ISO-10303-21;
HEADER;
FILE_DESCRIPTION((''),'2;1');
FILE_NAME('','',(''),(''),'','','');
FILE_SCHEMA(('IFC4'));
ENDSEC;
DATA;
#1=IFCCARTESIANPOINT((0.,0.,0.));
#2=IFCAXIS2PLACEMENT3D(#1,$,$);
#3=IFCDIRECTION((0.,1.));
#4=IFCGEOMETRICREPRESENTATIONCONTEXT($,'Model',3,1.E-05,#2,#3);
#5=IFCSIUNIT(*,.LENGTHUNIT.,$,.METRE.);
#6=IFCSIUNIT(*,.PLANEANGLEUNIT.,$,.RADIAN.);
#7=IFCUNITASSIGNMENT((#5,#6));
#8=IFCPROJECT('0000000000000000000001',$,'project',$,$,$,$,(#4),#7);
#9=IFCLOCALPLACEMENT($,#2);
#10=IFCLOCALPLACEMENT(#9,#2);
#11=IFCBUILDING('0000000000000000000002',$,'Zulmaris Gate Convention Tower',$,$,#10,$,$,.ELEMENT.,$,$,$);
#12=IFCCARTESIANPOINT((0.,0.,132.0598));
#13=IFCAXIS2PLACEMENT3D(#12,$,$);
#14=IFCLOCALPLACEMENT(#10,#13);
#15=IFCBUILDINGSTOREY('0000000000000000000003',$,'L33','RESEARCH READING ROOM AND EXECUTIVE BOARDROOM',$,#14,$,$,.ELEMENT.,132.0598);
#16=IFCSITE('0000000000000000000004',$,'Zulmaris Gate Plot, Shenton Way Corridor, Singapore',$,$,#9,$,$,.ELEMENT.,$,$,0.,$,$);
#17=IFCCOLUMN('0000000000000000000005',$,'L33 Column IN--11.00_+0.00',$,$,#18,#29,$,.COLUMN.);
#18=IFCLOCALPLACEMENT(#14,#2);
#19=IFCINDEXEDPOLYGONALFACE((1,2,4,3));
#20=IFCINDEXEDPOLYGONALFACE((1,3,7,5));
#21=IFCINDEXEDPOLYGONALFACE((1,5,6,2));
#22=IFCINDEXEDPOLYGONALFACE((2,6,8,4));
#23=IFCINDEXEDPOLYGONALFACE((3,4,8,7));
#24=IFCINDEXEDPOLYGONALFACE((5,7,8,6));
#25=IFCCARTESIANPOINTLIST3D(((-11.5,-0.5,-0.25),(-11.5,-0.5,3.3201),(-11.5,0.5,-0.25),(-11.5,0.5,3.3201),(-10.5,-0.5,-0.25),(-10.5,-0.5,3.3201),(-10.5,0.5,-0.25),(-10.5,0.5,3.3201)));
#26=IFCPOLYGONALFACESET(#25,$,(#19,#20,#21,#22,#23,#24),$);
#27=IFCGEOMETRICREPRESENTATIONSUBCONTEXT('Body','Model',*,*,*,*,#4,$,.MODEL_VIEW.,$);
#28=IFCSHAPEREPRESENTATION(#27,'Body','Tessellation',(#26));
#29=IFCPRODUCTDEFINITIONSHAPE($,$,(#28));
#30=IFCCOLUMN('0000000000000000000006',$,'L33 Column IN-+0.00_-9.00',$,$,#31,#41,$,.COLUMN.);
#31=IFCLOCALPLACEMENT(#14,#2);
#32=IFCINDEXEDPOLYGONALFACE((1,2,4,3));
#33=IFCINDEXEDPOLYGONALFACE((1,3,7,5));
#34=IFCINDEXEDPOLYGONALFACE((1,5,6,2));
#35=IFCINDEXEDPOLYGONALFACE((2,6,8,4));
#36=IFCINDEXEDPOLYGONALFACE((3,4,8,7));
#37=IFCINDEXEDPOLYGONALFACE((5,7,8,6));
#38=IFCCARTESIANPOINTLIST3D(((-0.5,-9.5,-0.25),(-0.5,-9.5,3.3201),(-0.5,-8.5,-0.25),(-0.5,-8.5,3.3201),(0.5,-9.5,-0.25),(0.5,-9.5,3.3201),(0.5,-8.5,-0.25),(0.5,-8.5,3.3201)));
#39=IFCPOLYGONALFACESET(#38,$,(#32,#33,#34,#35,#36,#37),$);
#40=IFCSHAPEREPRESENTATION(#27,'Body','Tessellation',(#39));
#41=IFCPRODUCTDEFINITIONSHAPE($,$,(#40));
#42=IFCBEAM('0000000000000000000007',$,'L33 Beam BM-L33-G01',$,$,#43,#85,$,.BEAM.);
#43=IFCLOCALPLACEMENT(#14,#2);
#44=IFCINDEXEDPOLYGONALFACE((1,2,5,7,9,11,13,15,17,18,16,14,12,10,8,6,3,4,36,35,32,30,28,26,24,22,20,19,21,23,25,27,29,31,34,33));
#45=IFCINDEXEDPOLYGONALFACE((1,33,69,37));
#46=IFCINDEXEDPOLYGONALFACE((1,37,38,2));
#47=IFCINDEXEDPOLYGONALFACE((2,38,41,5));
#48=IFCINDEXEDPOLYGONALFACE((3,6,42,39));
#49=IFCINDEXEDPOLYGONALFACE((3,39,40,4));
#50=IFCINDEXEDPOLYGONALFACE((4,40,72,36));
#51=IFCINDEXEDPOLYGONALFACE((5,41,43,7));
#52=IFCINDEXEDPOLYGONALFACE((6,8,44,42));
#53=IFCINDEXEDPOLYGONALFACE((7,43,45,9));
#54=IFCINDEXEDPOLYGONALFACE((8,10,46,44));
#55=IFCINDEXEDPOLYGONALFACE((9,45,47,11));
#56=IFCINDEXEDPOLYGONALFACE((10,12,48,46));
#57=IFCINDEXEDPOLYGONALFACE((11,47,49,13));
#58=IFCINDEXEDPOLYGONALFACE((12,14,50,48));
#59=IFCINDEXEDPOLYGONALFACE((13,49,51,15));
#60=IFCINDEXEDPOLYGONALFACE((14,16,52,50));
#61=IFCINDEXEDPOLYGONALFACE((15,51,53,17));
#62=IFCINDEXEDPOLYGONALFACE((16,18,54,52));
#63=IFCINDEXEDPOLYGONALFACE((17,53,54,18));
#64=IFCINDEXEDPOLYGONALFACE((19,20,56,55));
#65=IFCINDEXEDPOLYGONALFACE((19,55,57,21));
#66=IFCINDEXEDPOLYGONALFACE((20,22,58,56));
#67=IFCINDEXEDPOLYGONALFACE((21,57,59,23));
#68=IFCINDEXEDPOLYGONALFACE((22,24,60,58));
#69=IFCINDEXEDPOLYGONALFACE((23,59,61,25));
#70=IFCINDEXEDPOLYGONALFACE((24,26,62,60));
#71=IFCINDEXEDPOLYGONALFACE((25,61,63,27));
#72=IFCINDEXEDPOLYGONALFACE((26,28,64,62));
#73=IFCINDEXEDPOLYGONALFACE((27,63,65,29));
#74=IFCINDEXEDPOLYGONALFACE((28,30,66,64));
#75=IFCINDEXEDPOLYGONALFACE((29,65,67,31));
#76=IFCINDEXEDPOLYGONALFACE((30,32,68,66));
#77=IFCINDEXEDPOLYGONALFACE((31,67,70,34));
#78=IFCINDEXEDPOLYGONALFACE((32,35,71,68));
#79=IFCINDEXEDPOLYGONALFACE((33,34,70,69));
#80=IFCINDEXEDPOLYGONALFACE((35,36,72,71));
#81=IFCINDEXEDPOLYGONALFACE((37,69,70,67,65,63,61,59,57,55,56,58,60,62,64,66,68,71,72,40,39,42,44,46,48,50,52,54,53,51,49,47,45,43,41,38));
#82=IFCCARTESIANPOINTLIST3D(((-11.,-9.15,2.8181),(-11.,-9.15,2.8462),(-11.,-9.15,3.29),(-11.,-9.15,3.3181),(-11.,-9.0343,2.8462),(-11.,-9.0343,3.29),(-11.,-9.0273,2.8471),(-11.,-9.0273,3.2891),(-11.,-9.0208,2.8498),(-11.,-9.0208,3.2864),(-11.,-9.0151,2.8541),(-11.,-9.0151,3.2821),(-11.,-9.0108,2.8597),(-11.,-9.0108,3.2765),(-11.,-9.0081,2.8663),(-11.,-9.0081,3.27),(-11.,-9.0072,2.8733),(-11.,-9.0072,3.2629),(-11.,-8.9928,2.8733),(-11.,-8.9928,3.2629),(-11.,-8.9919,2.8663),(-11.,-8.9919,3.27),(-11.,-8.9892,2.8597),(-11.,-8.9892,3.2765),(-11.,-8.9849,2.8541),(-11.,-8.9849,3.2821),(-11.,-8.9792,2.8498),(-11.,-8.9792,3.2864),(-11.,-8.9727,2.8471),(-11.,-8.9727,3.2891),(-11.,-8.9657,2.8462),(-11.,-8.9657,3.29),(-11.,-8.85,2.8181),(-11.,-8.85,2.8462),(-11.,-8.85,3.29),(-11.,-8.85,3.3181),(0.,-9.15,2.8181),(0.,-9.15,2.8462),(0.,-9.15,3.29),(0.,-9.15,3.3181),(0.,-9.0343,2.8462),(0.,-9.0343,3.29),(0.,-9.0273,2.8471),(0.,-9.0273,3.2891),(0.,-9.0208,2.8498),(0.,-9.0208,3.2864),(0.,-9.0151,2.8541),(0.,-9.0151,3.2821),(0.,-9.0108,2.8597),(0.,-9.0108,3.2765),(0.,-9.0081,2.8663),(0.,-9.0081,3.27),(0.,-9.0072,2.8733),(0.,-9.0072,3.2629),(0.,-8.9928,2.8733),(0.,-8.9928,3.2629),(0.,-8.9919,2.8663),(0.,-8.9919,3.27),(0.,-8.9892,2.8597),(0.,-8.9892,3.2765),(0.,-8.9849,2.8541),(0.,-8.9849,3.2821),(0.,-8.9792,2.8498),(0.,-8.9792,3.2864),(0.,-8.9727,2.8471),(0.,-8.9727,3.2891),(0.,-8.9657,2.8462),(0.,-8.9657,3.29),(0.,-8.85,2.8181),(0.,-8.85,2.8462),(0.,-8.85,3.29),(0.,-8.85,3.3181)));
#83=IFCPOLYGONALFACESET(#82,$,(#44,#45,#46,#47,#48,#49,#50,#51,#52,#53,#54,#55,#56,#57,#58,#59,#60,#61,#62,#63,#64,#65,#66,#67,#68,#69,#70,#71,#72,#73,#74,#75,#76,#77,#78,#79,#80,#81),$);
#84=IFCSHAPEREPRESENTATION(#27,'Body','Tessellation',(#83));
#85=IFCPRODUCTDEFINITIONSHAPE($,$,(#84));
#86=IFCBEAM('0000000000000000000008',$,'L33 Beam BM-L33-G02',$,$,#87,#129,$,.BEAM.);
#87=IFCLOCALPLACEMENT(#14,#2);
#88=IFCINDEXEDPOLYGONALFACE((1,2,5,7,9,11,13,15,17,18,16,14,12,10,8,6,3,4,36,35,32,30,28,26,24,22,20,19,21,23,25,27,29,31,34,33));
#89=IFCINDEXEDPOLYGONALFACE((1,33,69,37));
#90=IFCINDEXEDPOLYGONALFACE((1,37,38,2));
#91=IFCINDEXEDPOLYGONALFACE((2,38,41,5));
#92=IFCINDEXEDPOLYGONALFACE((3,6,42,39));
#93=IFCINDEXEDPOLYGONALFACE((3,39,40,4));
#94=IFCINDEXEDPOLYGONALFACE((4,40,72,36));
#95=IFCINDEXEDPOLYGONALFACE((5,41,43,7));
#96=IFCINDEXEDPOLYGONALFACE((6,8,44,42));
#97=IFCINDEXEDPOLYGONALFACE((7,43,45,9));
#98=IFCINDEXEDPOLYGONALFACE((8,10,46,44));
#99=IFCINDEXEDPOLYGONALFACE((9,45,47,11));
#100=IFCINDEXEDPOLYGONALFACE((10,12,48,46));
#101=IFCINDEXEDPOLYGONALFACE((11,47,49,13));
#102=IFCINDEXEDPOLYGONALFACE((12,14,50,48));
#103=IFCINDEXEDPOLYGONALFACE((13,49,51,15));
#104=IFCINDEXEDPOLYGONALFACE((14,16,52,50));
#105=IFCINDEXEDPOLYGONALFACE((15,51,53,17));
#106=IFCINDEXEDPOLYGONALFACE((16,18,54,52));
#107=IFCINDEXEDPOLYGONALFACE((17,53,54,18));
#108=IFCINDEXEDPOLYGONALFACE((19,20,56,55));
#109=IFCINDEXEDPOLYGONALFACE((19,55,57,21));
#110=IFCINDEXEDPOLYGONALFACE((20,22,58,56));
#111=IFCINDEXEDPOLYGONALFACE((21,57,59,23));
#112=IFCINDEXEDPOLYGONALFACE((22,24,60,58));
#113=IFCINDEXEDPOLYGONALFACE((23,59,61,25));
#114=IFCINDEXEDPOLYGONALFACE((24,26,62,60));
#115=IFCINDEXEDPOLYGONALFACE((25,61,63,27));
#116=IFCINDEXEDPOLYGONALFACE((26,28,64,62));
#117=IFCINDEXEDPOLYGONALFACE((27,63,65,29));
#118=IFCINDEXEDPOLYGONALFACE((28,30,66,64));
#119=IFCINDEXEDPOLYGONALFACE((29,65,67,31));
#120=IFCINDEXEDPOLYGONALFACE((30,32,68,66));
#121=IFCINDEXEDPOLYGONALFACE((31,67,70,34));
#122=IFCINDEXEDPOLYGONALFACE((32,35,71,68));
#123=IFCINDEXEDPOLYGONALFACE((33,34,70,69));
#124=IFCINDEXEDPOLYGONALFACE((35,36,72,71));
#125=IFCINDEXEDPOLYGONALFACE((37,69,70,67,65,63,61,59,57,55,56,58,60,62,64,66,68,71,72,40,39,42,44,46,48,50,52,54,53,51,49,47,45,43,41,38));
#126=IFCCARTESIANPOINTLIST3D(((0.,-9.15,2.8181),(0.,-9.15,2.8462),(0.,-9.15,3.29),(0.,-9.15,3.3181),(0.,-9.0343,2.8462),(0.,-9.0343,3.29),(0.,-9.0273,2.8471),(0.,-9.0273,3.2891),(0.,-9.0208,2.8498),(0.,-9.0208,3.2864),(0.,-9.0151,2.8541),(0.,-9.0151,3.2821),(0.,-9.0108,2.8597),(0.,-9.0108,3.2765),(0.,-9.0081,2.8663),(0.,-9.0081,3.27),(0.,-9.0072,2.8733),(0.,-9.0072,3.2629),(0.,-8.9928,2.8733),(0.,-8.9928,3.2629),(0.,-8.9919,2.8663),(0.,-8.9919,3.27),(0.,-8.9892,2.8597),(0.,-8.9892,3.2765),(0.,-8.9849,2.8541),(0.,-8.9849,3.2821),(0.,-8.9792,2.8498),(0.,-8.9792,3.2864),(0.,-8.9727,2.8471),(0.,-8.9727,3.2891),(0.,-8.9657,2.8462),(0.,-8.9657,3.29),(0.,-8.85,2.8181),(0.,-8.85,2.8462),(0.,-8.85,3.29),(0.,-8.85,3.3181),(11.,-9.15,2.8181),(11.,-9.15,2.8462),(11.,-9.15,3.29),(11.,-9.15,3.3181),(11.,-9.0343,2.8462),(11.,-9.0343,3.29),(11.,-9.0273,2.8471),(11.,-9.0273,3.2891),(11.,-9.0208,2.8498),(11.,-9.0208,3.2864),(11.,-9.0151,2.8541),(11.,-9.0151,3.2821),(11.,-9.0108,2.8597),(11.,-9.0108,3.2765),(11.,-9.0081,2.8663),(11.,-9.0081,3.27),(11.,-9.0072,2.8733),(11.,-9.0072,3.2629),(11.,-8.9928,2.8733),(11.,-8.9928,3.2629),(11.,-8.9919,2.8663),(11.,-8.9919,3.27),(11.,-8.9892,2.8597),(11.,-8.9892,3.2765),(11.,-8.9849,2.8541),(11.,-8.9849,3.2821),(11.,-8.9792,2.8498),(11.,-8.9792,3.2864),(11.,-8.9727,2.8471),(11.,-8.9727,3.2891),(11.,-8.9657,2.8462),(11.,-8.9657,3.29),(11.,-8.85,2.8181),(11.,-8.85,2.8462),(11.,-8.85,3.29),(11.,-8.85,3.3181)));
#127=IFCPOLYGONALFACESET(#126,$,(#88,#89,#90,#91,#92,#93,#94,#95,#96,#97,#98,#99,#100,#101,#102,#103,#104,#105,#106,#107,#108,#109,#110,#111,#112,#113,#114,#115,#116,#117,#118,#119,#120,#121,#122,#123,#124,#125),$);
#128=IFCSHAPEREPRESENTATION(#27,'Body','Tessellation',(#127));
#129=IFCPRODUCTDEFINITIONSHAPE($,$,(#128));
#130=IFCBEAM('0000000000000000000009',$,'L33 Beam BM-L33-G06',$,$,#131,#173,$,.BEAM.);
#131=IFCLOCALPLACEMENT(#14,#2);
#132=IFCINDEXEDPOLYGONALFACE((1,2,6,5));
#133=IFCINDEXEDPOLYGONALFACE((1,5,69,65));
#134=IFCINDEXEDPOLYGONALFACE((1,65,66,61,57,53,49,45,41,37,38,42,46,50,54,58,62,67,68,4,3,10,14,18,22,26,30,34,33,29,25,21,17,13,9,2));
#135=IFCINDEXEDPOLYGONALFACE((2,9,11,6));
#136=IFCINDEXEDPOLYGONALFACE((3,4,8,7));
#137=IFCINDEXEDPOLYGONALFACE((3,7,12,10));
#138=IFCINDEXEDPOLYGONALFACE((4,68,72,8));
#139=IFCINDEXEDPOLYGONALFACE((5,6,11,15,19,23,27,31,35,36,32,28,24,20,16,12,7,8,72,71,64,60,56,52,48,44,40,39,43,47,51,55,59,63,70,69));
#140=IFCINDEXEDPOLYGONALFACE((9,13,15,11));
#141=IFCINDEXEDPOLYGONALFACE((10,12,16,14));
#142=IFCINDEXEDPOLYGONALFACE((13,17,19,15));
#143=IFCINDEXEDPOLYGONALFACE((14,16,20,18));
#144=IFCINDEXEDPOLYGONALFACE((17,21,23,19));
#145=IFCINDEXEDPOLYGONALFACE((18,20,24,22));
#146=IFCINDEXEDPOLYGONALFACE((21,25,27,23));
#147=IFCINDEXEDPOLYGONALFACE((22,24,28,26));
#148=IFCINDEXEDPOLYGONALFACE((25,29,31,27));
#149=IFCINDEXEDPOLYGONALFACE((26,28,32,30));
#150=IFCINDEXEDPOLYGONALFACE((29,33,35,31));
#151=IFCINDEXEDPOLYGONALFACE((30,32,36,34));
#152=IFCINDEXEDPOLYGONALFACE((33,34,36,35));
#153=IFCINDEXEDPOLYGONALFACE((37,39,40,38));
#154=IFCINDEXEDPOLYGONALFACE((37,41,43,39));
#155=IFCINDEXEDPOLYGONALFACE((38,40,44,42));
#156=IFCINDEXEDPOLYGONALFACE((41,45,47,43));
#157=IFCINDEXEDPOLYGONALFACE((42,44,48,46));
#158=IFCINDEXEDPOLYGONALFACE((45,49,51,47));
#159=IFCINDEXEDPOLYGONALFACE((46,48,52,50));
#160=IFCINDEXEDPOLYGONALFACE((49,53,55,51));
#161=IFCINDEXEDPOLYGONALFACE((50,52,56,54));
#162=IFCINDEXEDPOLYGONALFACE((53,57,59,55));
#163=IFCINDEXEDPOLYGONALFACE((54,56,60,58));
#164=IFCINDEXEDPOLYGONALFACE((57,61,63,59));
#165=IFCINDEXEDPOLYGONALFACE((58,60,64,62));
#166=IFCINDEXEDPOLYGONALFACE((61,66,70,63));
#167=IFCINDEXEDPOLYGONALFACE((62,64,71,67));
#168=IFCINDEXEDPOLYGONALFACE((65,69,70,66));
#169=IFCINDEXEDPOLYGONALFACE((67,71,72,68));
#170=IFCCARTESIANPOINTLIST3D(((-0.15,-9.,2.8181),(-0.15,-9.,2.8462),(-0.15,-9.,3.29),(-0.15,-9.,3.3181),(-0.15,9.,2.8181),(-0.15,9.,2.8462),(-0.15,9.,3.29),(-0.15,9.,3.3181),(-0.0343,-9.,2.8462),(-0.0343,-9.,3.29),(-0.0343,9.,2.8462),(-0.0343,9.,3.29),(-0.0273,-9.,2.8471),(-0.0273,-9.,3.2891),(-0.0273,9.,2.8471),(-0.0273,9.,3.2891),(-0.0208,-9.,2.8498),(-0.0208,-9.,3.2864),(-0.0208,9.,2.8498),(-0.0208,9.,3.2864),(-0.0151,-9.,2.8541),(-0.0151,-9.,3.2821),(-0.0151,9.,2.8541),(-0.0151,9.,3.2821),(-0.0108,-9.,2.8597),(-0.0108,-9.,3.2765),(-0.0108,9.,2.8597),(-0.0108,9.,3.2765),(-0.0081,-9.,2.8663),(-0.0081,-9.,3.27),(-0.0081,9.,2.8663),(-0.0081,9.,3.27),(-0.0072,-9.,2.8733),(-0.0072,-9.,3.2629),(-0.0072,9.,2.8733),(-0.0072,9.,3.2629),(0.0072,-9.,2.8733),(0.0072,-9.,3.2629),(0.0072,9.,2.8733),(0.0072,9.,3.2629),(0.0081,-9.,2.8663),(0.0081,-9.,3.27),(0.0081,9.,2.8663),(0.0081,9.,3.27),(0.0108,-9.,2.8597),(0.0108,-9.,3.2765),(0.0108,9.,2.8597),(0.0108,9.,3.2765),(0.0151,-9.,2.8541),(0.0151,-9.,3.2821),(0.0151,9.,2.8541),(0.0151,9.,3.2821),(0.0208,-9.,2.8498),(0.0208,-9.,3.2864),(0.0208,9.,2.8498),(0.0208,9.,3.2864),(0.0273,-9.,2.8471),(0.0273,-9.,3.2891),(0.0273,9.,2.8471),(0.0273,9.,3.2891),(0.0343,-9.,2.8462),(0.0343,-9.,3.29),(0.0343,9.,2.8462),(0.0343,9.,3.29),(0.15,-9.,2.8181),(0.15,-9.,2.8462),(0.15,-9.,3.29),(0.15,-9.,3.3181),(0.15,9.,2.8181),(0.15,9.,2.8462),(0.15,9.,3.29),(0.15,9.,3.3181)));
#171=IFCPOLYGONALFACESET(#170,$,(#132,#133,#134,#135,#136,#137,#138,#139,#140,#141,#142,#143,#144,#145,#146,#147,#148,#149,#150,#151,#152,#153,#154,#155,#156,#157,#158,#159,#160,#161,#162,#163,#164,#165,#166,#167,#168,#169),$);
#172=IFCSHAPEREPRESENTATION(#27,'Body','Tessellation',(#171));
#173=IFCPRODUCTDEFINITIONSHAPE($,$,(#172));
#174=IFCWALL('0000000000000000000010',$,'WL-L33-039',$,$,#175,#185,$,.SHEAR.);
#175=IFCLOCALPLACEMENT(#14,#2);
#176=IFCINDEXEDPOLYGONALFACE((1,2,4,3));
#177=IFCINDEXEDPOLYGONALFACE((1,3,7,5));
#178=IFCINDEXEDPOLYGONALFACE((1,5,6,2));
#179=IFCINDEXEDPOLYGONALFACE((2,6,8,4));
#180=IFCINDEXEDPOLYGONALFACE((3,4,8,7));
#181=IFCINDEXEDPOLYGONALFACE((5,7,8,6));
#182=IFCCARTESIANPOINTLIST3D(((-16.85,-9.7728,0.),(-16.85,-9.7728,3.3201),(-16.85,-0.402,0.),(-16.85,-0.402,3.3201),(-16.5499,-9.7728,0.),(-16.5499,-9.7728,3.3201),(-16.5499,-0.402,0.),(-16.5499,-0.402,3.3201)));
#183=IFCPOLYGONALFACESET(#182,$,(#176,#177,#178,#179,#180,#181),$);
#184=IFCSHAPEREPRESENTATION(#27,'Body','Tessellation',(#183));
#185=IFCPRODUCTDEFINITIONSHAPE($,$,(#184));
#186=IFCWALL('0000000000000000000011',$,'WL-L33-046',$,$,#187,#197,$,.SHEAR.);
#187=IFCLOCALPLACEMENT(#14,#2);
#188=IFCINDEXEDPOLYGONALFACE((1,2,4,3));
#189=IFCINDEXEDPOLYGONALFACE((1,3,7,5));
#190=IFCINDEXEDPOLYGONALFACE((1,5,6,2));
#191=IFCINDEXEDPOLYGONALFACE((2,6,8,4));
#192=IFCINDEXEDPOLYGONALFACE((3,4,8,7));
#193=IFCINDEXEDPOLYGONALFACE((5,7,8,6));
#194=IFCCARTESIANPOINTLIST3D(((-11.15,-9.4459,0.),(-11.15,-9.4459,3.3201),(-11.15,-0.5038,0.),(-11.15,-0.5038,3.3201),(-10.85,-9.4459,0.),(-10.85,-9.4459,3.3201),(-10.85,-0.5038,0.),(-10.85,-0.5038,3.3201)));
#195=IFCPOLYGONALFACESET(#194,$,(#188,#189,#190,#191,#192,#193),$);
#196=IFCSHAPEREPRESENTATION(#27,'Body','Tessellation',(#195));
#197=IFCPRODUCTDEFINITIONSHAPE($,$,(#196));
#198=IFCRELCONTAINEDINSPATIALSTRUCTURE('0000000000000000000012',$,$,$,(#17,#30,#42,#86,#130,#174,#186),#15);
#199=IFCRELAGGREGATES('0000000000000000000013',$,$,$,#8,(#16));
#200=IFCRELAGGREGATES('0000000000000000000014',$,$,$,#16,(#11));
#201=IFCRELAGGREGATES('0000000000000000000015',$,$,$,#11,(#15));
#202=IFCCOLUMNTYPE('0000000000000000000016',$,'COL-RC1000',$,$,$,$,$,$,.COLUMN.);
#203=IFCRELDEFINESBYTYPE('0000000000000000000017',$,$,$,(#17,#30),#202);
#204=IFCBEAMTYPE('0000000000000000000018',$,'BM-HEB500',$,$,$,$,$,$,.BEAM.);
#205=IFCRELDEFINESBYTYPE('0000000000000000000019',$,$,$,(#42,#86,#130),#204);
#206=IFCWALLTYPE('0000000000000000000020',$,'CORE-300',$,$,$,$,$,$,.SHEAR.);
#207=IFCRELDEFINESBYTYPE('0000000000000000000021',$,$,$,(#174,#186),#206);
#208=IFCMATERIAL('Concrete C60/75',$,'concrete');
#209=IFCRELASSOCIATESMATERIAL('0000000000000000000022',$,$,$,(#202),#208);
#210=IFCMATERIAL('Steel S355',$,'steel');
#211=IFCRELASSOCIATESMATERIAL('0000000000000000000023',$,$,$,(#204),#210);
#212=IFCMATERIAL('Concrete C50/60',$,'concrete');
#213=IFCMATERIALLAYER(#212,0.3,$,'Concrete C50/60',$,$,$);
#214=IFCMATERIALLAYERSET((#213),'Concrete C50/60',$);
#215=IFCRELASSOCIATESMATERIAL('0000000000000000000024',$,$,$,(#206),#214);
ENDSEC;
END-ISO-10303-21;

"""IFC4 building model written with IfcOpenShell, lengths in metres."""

from ifc_helpers import new_model, si_unit, direction, frame, frame_2d, origin, origin_2d, place, context, subcontext, project, spatial, rectangle, i_section, extrude, material, layer, layer_set, material_profile, profile_set, type_object, element, save


model = new_model("IFC4")

# Units and contexts
model_context = context("Model", 3, precision=1e-05, world=origin(), true_north=direction((0.0, 1.0)))
body_context = subcontext(model_context, "Body", "Model", "MODEL_VIEW")
ifc_project = project(units=[si_unit("LENGTHUNIT", "METRE"), si_unit("PLANEANGLEUNIT", "RADIAN")], contexts=[model_context])

# Site, building, storey
site_placement = place(None, origin())
site = spatial("IfcSite", under=ifc_project, at=site_placement, Name="Zulmaris Gate Plot, Shenton Way Corridor, Singapore", CompositionType="ELEMENT", RefElevation=0.0)
building_placement = place(site_placement, origin())
building = spatial("IfcBuilding", under=site, at=building_placement, Name="Zulmaris Gate Convention Tower", CompositionType="ELEMENT")
storey_placement = place(building_placement, frame((0.0, 0.0, 132.0598)))
storey = spatial("IfcBuildingStorey", under=building, at=storey_placement, Name="L33", Description="RESEARCH READING ROOM AND EXECUTIVE BOARDROOM", CompositionType="ELEMENT", Elevation=132.0598)

# Columns
ifc_material_1 = material(Name="Concrete C60/75", Category="concrete")
ifc_material_profile_1 = material_profile(ifc_material_1, rectangle(XDim=1.0, YDim=1.0, at=origin_2d()), Name="RC COL 1000x1000")
ifc_profile_set_1 = profile_set([ifc_material_profile_1], Name="Concrete C60/75")
column_type = type_object("IfcColumnType", Name="COL-RC1000", PredefinedType="COLUMN", material=ifc_profile_set_1)
for number, where, z_axis, x_axis, name in (
    (1, (-11.0, 0.0, -0.25), (0.0, 0.0, 1.0), (1.0, 0.0, 0.0), "L33 Column IN--11.00_+0.00"),
    (2, (0.0, -9.0, -0.25), (0.0, 0.0, 1.0), (1.0, 0.0, 0.0), "L33 Column IN-+0.00_-9.00"),
):
    element("IfcColumn", number, at=place(storey_placement, frame(where, z_axis=z_axis, x_axis=x_axis)), inside=storey, type_object=column_type, Name=name, PredefinedType="COLUMN", context=body_context, shape_type="SweptSolid", body=[
        extrude(rectangle(XDim=1.0, YDim=1.0, at=origin_2d()), origin(), (0.0, 0.0, 1.0), 3.5701),
    ])

# Beams
ifc_material_2 = material(Name="Steel S355", Category="steel")
ifc_material_profile_2 = material_profile(ifc_material_2, i_section(OverallWidth=0.3, OverallDepth=0.5, WebThickness=0.0144, FlangeThickness=0.0281, FilletRadius=0.0271, at=origin_2d()), Name="HEB 500")
ifc_profile_set_2 = profile_set([ifc_material_profile_2], Name="Steel S355")
beam_type = type_object("IfcBeamType", Name="BM-HEB500", PredefinedType="BEAM", material=ifc_profile_set_2)
for number, where, z_axis, x_axis, name in (
    (3, (-11.0, -9.0, 3.0681), (1.0, 0.0, 0.0), (0.0, 1.0, 0.0), "L33 Beam BM-L33-G01"),
    (4, (0.0, -9.0, 3.0681), (1.0, 0.0, 0.0), (0.0, 1.0, 0.0), "L33 Beam BM-L33-G02"),
):
    element("IfcBeam", number, at=place(storey_placement, frame(where, z_axis=z_axis, x_axis=x_axis)), inside=storey, type_object=beam_type, Name=name, PredefinedType="BEAM", context=body_context, shape_type="SweptSolid", body=[
        extrude(i_section(OverallWidth=0.3, OverallDepth=0.5, WebThickness=0.0144, FlangeThickness=0.0281, FilletRadius=0.0271, at=origin_2d()), origin(), (0.0, 0.0, 1.0), 11.0),
    ])
beam_placement = place(storey_placement, frame((0.0, -9.0, 3.0681), z_axis=(0.0, 1.0, 0.0), x_axis=(-1.0, 0.0, 0.0)))
element("IfcBeam", 5, at=beam_placement, inside=storey, type_object=beam_type, Name="L33 Beam BM-L33-G06", PredefinedType="BEAM", context=body_context, shape_type="SweptSolid", body=[
    extrude(i_section(OverallWidth=0.3, OverallDepth=0.5, WebThickness=0.0144, FlangeThickness=0.0281, FilletRadius=0.0271, at=origin_2d()), origin(), (0.0, 0.0, 1.0), 18.0),
])

# Walls
ifc_material_3 = material(Name="Concrete C50/60", Category="concrete")
ifc_layer_1 = layer(ifc_material_3, 0.3, Name="Concrete C50/60")
ifc_layer_set_1 = layer_set([ifc_layer_1], Name="Concrete C50/60")
wall_type_1 = type_object("IfcWallType", Name="CORE-300", PredefinedType="SHEAR", material=ifc_layer_set_1)
wall_1_placement = place(storey_placement, frame((-16.7, -9.7729, 0.0), z_axis=(0.0, 0.0, 1.0), x_axis=(0.0, 1.0, 0.0)))
element("IfcWall", 6, at=wall_1_placement, inside=storey, type_object=wall_type_1, Name="WL-L33-039", PredefinedType="SHEAR", context=body_context, shape_type="SweptSolid", body=[
    extrude(rectangle(XDim=9.3708, YDim=0.3, at=frame_2d((4.6855, 0.0))), origin(), (0.0, 0.0, 1.0), 3.3201),
])
wall_2_placement = place(storey_placement, frame((-11.0, -9.446, 0.0), z_axis=(0.0, 0.0, 1.0), x_axis=(0.0, 1.0, 0.0)))
element("IfcWall", 7, at=wall_2_placement, inside=storey, type_object=wall_type_1, Name="WL-L33-046", PredefinedType="SHEAR", context=body_context, shape_type="SweptSolid", body=[
    extrude(rectangle(XDim=8.9421, YDim=0.3, at=frame_2d((4.4712, 0.0))), origin(), (0.0, 0.0, 1.0), 3.3201),
])

save(model, "model.ifc")
